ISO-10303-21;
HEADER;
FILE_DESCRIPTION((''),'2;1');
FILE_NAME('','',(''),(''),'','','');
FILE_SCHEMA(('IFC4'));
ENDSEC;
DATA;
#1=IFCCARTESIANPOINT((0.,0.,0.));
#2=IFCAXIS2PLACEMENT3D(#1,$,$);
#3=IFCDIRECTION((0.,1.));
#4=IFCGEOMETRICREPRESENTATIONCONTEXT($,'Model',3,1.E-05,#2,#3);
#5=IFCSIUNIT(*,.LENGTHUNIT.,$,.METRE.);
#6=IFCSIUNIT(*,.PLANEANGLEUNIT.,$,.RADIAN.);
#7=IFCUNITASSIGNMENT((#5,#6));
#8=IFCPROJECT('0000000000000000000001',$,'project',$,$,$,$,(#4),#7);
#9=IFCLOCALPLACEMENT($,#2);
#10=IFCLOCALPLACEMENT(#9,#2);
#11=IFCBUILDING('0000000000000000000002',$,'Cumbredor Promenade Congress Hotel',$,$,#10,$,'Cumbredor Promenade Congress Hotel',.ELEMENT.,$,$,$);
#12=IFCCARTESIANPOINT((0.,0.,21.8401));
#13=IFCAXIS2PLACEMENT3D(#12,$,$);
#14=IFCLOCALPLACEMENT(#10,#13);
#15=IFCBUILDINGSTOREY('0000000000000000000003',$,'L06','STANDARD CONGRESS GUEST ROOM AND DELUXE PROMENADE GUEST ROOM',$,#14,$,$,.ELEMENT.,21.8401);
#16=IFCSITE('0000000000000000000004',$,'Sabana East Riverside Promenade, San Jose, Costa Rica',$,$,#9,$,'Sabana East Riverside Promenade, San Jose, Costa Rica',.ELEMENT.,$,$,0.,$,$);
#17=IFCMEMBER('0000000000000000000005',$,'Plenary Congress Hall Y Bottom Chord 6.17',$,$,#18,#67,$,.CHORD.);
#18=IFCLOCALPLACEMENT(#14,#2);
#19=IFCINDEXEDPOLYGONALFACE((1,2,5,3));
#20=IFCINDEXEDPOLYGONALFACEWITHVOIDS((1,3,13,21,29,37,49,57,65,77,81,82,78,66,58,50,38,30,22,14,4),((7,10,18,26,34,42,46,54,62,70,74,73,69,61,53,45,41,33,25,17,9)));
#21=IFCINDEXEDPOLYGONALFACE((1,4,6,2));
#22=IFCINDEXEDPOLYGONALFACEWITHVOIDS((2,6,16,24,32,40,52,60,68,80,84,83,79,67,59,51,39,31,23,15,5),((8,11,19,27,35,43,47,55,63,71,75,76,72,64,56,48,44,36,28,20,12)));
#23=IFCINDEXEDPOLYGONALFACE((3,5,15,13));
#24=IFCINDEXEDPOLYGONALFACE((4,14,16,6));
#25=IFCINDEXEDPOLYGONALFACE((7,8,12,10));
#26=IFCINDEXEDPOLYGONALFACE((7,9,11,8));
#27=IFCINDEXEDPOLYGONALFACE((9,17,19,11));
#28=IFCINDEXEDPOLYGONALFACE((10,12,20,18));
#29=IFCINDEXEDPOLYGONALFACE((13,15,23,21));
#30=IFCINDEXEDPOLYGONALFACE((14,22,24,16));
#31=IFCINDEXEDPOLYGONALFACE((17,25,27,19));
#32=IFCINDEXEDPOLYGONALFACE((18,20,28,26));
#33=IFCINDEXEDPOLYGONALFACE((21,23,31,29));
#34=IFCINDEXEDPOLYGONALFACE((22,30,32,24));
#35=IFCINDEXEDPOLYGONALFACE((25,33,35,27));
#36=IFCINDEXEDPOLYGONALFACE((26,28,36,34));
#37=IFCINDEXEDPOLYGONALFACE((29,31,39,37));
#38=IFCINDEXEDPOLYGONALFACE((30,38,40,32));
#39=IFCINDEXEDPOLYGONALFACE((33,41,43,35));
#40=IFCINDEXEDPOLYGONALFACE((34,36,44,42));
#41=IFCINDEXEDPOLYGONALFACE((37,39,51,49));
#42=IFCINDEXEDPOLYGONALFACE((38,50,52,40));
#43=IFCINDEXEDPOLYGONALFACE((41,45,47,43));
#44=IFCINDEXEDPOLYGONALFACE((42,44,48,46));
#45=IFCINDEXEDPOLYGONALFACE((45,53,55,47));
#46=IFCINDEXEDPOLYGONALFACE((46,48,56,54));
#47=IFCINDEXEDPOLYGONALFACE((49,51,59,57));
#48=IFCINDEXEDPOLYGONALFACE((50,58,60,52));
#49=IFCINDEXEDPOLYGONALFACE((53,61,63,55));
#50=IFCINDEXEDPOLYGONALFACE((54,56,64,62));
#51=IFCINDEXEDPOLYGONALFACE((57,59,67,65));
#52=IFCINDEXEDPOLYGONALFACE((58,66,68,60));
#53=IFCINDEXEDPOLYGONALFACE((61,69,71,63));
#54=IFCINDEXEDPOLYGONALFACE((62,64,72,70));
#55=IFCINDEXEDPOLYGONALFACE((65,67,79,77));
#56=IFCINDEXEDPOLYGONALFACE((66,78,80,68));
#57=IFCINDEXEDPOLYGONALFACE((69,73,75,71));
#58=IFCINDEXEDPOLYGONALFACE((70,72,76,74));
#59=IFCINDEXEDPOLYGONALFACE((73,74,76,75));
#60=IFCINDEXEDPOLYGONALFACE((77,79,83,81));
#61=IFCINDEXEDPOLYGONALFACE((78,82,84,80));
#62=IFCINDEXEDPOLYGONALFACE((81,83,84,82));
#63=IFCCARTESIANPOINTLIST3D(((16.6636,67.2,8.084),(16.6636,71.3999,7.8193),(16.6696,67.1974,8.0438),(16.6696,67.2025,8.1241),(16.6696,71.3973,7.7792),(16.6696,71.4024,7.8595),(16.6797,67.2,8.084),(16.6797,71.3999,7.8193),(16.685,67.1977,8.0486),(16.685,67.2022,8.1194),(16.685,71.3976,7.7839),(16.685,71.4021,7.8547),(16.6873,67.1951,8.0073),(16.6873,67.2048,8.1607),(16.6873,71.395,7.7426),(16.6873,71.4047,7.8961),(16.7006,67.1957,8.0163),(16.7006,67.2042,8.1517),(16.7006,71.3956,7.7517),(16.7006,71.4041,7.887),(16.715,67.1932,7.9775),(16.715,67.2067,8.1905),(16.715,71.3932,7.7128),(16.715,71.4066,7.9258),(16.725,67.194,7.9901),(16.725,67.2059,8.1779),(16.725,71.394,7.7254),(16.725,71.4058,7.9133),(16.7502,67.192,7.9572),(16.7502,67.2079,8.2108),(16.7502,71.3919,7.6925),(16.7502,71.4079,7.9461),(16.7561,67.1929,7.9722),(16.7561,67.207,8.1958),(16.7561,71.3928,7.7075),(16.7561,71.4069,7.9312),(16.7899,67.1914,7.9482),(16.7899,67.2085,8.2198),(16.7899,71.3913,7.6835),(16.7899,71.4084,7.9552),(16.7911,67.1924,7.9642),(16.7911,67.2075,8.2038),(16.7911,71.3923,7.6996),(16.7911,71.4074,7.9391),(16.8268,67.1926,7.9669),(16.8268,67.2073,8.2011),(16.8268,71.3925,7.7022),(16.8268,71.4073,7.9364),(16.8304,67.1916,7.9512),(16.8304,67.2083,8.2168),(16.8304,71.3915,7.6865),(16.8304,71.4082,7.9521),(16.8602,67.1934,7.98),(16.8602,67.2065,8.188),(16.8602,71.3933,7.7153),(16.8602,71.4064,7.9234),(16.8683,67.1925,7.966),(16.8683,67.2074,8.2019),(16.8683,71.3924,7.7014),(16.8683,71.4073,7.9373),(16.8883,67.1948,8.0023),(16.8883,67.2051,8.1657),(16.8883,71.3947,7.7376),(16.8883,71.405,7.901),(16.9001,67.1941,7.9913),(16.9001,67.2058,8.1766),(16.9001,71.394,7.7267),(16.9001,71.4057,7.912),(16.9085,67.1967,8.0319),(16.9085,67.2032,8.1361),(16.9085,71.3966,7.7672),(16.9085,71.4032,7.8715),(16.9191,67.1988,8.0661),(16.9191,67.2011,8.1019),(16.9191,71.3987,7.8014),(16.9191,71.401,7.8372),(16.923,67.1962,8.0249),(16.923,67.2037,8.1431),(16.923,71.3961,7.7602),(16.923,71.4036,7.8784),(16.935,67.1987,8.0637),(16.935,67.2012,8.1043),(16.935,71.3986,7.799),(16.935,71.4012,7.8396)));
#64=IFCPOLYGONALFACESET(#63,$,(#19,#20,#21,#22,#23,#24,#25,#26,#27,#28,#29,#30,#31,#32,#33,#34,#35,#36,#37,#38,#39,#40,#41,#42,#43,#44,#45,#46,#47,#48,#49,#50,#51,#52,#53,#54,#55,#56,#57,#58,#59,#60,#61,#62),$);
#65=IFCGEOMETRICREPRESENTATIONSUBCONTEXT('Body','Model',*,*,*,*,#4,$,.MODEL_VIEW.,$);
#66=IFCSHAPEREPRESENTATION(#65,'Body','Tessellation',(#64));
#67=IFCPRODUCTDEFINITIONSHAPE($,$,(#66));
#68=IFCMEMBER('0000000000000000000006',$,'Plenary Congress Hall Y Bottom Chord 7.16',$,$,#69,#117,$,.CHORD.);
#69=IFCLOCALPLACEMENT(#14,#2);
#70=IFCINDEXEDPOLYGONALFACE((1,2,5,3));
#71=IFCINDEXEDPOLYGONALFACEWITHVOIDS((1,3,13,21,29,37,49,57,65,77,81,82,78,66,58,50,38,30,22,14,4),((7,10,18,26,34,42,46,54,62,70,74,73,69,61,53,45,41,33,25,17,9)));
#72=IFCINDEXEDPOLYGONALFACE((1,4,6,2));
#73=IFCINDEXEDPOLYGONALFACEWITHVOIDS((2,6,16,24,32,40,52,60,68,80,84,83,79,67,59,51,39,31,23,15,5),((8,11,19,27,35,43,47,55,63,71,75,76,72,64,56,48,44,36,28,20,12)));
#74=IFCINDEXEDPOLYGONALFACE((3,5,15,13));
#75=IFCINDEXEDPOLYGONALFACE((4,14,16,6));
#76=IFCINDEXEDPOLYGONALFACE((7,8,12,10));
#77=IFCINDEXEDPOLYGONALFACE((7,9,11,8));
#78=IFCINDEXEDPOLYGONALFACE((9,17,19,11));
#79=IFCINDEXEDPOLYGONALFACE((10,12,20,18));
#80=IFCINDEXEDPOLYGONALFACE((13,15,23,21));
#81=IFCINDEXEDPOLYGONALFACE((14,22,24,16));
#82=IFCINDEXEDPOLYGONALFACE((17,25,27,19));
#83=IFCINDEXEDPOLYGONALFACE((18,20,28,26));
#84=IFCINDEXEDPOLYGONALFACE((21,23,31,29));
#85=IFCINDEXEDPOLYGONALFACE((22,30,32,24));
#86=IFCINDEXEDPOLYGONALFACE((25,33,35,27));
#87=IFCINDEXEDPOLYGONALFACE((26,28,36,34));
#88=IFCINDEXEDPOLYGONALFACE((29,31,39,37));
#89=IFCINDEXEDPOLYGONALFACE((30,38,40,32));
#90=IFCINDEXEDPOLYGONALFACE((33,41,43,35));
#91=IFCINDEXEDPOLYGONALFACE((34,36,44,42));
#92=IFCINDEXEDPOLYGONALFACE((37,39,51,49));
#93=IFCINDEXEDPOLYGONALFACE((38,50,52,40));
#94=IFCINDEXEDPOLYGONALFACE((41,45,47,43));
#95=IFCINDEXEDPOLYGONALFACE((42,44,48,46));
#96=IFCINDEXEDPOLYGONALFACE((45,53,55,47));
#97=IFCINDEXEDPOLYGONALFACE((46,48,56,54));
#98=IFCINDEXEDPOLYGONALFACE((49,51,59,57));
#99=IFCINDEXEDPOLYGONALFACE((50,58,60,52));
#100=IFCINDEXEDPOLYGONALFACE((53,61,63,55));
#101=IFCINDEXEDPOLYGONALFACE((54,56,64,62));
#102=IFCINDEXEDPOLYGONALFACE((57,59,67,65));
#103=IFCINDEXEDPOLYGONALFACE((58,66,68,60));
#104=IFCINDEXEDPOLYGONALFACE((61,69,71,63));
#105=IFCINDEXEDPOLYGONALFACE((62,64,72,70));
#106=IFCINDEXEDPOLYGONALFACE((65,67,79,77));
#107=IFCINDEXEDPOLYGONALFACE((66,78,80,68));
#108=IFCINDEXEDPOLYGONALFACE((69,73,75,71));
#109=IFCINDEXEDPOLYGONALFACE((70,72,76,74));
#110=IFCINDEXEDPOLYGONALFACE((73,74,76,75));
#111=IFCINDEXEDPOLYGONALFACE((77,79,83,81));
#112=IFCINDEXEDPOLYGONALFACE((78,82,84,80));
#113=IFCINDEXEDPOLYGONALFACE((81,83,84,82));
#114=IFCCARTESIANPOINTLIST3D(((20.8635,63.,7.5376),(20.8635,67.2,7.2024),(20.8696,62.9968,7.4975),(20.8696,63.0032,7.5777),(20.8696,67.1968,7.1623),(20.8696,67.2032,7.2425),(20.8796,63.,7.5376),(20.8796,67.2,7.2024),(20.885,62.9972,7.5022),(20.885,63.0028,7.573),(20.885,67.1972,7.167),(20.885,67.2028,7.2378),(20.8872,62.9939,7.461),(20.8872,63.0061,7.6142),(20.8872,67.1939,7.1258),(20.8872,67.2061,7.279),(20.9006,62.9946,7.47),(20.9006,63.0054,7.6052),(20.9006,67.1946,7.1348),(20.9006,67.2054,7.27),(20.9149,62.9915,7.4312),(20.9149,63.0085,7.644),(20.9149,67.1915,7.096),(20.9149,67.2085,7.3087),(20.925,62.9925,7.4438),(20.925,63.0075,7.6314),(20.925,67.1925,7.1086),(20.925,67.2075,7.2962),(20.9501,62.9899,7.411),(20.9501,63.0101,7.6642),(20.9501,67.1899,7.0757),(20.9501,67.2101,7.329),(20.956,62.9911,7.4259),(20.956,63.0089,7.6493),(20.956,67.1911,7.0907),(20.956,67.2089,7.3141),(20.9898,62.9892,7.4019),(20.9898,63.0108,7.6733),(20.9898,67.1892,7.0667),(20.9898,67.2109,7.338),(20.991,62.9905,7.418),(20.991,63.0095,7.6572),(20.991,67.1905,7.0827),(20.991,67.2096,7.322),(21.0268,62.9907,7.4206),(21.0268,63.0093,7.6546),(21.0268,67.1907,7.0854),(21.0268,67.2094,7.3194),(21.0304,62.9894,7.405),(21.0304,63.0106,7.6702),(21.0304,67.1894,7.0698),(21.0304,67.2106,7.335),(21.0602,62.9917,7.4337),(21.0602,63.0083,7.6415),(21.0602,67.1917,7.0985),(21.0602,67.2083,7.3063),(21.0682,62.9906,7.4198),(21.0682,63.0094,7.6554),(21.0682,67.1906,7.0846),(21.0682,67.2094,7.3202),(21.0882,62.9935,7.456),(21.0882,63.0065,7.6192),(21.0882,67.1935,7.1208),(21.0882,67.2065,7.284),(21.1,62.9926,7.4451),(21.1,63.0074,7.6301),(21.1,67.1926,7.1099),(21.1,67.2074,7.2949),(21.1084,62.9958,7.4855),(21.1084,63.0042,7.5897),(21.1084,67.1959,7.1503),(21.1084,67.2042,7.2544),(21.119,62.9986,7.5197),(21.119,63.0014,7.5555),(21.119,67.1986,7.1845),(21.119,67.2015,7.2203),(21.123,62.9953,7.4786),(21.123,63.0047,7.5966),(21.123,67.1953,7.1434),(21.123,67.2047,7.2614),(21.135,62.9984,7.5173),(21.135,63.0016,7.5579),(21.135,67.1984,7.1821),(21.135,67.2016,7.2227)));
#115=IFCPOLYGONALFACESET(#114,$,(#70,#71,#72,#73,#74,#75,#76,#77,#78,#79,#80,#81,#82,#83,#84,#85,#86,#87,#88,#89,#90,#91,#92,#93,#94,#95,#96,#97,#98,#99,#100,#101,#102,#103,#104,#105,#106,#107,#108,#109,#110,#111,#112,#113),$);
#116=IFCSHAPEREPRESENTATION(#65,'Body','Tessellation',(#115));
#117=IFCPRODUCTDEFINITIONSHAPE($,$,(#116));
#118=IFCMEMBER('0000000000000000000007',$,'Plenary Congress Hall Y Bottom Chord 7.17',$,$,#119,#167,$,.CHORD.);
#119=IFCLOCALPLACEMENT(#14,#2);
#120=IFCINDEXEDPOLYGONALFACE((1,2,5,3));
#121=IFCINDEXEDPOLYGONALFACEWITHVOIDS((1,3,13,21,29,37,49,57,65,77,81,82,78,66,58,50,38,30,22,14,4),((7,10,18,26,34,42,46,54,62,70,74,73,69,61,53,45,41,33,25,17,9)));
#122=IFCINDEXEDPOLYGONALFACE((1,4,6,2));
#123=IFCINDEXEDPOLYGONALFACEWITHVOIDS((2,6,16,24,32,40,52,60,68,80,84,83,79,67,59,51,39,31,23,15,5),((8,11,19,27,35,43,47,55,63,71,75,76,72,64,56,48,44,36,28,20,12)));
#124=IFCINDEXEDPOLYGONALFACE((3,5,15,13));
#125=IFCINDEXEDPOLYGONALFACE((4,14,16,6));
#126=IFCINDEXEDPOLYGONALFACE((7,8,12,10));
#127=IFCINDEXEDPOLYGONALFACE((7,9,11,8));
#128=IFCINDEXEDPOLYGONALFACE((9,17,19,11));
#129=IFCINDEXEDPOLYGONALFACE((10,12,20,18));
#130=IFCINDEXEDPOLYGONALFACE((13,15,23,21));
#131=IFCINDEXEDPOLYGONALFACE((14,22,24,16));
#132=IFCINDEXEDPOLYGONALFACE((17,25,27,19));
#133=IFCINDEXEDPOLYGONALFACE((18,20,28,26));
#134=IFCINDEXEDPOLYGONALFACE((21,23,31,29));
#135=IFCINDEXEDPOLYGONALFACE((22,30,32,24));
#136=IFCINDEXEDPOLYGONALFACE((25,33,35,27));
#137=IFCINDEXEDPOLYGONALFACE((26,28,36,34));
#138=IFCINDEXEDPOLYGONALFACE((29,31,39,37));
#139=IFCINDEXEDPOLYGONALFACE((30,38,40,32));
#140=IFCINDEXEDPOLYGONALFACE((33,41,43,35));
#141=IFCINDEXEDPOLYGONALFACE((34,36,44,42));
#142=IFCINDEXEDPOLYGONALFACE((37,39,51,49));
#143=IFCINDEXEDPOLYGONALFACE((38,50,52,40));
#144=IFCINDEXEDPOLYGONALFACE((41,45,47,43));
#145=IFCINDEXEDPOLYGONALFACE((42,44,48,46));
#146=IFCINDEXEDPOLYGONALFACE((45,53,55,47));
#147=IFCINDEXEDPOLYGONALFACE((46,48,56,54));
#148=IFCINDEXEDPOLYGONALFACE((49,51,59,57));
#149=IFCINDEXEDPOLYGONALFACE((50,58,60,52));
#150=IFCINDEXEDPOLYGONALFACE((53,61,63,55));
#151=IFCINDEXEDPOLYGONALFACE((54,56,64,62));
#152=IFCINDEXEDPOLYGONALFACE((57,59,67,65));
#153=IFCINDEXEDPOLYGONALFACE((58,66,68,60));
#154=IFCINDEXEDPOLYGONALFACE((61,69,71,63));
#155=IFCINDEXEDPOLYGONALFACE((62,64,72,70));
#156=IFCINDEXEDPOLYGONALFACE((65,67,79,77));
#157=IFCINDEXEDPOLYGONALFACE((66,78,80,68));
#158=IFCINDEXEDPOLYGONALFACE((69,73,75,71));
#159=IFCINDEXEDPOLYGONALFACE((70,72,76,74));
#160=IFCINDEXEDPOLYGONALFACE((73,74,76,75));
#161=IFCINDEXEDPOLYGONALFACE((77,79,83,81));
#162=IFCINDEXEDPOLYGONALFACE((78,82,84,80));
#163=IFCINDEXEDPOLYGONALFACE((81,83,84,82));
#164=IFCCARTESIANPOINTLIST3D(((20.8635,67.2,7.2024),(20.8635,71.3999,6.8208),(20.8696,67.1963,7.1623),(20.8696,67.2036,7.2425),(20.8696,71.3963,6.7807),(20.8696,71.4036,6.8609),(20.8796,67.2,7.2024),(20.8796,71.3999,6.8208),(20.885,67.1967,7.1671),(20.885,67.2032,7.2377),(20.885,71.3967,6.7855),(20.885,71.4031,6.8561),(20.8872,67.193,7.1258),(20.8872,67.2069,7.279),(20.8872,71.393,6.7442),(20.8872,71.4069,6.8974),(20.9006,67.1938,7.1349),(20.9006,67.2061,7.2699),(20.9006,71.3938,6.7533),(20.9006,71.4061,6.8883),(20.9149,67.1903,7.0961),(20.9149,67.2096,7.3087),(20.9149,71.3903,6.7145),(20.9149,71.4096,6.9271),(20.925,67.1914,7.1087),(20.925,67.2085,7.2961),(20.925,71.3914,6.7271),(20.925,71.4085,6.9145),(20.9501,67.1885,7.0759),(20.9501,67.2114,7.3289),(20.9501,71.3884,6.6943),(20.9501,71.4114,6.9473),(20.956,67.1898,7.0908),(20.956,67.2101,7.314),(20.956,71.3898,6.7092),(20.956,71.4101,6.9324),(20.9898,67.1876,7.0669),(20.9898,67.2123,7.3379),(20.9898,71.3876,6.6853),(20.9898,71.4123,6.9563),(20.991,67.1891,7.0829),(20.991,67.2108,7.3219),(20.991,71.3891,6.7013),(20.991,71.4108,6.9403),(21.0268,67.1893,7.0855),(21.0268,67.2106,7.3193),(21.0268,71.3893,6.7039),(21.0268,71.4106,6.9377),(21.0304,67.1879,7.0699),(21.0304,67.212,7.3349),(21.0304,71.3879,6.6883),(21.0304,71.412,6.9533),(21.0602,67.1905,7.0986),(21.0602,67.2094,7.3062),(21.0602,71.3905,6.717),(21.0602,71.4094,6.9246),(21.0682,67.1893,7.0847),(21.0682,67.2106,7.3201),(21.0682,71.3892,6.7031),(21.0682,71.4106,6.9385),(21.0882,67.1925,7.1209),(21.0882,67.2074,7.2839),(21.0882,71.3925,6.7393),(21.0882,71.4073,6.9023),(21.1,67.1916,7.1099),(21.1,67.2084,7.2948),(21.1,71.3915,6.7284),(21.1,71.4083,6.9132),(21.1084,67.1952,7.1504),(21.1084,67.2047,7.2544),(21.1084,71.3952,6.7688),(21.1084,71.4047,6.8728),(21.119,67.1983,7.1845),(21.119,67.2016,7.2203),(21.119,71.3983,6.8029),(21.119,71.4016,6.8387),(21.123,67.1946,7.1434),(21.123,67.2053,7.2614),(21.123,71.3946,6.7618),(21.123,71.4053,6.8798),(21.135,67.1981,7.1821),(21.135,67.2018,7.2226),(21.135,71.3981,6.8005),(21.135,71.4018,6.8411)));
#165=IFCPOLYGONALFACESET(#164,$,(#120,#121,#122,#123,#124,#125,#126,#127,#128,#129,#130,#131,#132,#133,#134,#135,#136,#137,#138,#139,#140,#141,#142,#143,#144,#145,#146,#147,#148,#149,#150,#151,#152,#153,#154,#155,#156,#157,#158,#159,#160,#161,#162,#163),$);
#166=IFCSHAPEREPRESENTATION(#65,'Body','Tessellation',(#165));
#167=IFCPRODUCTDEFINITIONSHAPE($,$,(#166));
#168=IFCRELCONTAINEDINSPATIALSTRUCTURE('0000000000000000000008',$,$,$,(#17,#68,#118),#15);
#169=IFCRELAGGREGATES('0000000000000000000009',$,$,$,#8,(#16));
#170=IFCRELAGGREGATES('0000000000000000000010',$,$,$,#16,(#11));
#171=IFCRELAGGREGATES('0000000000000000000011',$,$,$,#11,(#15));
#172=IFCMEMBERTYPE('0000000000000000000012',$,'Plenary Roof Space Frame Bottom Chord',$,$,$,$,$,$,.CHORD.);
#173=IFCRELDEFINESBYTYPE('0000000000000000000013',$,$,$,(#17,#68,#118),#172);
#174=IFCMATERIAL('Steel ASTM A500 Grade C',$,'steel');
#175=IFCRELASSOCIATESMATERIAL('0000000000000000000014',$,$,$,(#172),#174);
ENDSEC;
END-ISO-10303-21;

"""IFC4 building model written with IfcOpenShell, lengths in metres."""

from ifc_helpers import new_model, si_unit, direction, frame, origin, origin_2d, place, context, subcontext, project, spatial, hollow_circle, extrude, material, material_profile, profile_set, type_object, element, save


model = new_model("IFC4")

# Units and contexts
model_context = context("Model", 3, precision=1e-05, world=origin(), true_north=direction((0.0, 1.0)))
body_context = subcontext(model_context, "Body", "Model", "MODEL_VIEW")
ifc_project = project(units=[si_unit("LENGTHUNIT", "METRE"), si_unit("PLANEANGLEUNIT", "RADIAN")], contexts=[model_context])

# Site, building, storey
site_placement = place(None, origin())
site = spatial("IfcSite", under=ifc_project, at=site_placement, Name="Sabana East Riverside Promenade, San Jose, Costa Rica", LongName="Sabana East Riverside Promenade, San Jose, Costa Rica", CompositionType="ELEMENT", RefElevation=0.0)
building_placement = place(site_placement, origin())
building = spatial("IfcBuilding", under=site, at=building_placement, Name="Cumbredor Promenade Congress Hotel", LongName="Cumbredor Promenade Congress Hotel", CompositionType="ELEMENT")
storey_placement = place(building_placement, frame((0.0, 0.0, 21.8401)))
storey = spatial("IfcBuildingStorey", under=building, at=storey_placement, Name="L06", Description="STANDARD CONGRESS GUEST ROOM AND DELUXE PROMENADE GUEST ROOM", CompositionType="ELEMENT", Elevation=21.8401)

# Members
ifc_material_1 = material(Name="Steel ASTM A500 Grade C", Category="steel")
ifc_material_profile_1 = material_profile(ifc_material_1, hollow_circle(Radius=0.1365, WallThickness=0.0161, at=origin_2d()), Name="CHS 273.0x16")
ifc_profile_set_1 = profile_set([ifc_material_profile_1], Name="Steel ASTM A500 Grade C")
member_type_1 = type_object("IfcMemberType", Name="Plenary Roof Space Frame Bottom Chord", PredefinedType="CHORD", material=ifc_profile_set_1)
member_1_placement = place(storey_placement, frame((16.8, 67.2, 8.084), z_axis=(0.0, 0.998021, -0.062888), x_axis=(-1.0, 0.0, 0.0)))
element("IfcMember", 1, at=member_1_placement, inside=storey, type_object=member_type_1, Name="Plenary Congress Hall Y Bottom Chord 6.17", PredefinedType="CHORD", context=body_context, shape_type="SweptSolid", body=[
    extrude(hollow_circle(Radius=0.1365, WallThickness=0.0161, at=origin_2d()), origin(), (0.0, 0.0, 1.0), 4.2083),
])
member_2_placement = place(storey_placement, frame((21.0, 63.0, 7.5376), z_axis=(0.0, 0.99683, -0.079559), x_axis=(-1.0, 0.0, 0.0)))
element("IfcMember", 2, at=member_2_placement, inside=storey, type_object=member_type_1, Name="Plenary Congress Hall Y Bottom Chord 7.16", PredefinedType="CHORD", context=body_context, shape_type="SweptSolid", body=[
    extrude(hollow_circle(Radius=0.1365, WallThickness=0.0161, at=origin_2d()), origin(), (0.0, 0.0, 1.0), 4.2134),
])
member_3_placement = place(storey_placement, frame((21.0, 67.2, 7.2024), z_axis=(0.0, 0.995898, -0.090484), x_axis=(-1.0, 0.0, 0.0)))
element("IfcMember", 3, at=member_3_placement, inside=storey, type_object=member_type_1, Name="Plenary Congress Hall Y Bottom Chord 7.17", PredefinedType="CHORD", context=body_context, shape_type="SweptSolid", body=[
    extrude(hollow_circle(Radius=0.1365, WallThickness=0.0161, at=origin_2d()), origin(), (0.0, 0.0, 1.0), 4.2173),
])

save(model, "model.ifc")
